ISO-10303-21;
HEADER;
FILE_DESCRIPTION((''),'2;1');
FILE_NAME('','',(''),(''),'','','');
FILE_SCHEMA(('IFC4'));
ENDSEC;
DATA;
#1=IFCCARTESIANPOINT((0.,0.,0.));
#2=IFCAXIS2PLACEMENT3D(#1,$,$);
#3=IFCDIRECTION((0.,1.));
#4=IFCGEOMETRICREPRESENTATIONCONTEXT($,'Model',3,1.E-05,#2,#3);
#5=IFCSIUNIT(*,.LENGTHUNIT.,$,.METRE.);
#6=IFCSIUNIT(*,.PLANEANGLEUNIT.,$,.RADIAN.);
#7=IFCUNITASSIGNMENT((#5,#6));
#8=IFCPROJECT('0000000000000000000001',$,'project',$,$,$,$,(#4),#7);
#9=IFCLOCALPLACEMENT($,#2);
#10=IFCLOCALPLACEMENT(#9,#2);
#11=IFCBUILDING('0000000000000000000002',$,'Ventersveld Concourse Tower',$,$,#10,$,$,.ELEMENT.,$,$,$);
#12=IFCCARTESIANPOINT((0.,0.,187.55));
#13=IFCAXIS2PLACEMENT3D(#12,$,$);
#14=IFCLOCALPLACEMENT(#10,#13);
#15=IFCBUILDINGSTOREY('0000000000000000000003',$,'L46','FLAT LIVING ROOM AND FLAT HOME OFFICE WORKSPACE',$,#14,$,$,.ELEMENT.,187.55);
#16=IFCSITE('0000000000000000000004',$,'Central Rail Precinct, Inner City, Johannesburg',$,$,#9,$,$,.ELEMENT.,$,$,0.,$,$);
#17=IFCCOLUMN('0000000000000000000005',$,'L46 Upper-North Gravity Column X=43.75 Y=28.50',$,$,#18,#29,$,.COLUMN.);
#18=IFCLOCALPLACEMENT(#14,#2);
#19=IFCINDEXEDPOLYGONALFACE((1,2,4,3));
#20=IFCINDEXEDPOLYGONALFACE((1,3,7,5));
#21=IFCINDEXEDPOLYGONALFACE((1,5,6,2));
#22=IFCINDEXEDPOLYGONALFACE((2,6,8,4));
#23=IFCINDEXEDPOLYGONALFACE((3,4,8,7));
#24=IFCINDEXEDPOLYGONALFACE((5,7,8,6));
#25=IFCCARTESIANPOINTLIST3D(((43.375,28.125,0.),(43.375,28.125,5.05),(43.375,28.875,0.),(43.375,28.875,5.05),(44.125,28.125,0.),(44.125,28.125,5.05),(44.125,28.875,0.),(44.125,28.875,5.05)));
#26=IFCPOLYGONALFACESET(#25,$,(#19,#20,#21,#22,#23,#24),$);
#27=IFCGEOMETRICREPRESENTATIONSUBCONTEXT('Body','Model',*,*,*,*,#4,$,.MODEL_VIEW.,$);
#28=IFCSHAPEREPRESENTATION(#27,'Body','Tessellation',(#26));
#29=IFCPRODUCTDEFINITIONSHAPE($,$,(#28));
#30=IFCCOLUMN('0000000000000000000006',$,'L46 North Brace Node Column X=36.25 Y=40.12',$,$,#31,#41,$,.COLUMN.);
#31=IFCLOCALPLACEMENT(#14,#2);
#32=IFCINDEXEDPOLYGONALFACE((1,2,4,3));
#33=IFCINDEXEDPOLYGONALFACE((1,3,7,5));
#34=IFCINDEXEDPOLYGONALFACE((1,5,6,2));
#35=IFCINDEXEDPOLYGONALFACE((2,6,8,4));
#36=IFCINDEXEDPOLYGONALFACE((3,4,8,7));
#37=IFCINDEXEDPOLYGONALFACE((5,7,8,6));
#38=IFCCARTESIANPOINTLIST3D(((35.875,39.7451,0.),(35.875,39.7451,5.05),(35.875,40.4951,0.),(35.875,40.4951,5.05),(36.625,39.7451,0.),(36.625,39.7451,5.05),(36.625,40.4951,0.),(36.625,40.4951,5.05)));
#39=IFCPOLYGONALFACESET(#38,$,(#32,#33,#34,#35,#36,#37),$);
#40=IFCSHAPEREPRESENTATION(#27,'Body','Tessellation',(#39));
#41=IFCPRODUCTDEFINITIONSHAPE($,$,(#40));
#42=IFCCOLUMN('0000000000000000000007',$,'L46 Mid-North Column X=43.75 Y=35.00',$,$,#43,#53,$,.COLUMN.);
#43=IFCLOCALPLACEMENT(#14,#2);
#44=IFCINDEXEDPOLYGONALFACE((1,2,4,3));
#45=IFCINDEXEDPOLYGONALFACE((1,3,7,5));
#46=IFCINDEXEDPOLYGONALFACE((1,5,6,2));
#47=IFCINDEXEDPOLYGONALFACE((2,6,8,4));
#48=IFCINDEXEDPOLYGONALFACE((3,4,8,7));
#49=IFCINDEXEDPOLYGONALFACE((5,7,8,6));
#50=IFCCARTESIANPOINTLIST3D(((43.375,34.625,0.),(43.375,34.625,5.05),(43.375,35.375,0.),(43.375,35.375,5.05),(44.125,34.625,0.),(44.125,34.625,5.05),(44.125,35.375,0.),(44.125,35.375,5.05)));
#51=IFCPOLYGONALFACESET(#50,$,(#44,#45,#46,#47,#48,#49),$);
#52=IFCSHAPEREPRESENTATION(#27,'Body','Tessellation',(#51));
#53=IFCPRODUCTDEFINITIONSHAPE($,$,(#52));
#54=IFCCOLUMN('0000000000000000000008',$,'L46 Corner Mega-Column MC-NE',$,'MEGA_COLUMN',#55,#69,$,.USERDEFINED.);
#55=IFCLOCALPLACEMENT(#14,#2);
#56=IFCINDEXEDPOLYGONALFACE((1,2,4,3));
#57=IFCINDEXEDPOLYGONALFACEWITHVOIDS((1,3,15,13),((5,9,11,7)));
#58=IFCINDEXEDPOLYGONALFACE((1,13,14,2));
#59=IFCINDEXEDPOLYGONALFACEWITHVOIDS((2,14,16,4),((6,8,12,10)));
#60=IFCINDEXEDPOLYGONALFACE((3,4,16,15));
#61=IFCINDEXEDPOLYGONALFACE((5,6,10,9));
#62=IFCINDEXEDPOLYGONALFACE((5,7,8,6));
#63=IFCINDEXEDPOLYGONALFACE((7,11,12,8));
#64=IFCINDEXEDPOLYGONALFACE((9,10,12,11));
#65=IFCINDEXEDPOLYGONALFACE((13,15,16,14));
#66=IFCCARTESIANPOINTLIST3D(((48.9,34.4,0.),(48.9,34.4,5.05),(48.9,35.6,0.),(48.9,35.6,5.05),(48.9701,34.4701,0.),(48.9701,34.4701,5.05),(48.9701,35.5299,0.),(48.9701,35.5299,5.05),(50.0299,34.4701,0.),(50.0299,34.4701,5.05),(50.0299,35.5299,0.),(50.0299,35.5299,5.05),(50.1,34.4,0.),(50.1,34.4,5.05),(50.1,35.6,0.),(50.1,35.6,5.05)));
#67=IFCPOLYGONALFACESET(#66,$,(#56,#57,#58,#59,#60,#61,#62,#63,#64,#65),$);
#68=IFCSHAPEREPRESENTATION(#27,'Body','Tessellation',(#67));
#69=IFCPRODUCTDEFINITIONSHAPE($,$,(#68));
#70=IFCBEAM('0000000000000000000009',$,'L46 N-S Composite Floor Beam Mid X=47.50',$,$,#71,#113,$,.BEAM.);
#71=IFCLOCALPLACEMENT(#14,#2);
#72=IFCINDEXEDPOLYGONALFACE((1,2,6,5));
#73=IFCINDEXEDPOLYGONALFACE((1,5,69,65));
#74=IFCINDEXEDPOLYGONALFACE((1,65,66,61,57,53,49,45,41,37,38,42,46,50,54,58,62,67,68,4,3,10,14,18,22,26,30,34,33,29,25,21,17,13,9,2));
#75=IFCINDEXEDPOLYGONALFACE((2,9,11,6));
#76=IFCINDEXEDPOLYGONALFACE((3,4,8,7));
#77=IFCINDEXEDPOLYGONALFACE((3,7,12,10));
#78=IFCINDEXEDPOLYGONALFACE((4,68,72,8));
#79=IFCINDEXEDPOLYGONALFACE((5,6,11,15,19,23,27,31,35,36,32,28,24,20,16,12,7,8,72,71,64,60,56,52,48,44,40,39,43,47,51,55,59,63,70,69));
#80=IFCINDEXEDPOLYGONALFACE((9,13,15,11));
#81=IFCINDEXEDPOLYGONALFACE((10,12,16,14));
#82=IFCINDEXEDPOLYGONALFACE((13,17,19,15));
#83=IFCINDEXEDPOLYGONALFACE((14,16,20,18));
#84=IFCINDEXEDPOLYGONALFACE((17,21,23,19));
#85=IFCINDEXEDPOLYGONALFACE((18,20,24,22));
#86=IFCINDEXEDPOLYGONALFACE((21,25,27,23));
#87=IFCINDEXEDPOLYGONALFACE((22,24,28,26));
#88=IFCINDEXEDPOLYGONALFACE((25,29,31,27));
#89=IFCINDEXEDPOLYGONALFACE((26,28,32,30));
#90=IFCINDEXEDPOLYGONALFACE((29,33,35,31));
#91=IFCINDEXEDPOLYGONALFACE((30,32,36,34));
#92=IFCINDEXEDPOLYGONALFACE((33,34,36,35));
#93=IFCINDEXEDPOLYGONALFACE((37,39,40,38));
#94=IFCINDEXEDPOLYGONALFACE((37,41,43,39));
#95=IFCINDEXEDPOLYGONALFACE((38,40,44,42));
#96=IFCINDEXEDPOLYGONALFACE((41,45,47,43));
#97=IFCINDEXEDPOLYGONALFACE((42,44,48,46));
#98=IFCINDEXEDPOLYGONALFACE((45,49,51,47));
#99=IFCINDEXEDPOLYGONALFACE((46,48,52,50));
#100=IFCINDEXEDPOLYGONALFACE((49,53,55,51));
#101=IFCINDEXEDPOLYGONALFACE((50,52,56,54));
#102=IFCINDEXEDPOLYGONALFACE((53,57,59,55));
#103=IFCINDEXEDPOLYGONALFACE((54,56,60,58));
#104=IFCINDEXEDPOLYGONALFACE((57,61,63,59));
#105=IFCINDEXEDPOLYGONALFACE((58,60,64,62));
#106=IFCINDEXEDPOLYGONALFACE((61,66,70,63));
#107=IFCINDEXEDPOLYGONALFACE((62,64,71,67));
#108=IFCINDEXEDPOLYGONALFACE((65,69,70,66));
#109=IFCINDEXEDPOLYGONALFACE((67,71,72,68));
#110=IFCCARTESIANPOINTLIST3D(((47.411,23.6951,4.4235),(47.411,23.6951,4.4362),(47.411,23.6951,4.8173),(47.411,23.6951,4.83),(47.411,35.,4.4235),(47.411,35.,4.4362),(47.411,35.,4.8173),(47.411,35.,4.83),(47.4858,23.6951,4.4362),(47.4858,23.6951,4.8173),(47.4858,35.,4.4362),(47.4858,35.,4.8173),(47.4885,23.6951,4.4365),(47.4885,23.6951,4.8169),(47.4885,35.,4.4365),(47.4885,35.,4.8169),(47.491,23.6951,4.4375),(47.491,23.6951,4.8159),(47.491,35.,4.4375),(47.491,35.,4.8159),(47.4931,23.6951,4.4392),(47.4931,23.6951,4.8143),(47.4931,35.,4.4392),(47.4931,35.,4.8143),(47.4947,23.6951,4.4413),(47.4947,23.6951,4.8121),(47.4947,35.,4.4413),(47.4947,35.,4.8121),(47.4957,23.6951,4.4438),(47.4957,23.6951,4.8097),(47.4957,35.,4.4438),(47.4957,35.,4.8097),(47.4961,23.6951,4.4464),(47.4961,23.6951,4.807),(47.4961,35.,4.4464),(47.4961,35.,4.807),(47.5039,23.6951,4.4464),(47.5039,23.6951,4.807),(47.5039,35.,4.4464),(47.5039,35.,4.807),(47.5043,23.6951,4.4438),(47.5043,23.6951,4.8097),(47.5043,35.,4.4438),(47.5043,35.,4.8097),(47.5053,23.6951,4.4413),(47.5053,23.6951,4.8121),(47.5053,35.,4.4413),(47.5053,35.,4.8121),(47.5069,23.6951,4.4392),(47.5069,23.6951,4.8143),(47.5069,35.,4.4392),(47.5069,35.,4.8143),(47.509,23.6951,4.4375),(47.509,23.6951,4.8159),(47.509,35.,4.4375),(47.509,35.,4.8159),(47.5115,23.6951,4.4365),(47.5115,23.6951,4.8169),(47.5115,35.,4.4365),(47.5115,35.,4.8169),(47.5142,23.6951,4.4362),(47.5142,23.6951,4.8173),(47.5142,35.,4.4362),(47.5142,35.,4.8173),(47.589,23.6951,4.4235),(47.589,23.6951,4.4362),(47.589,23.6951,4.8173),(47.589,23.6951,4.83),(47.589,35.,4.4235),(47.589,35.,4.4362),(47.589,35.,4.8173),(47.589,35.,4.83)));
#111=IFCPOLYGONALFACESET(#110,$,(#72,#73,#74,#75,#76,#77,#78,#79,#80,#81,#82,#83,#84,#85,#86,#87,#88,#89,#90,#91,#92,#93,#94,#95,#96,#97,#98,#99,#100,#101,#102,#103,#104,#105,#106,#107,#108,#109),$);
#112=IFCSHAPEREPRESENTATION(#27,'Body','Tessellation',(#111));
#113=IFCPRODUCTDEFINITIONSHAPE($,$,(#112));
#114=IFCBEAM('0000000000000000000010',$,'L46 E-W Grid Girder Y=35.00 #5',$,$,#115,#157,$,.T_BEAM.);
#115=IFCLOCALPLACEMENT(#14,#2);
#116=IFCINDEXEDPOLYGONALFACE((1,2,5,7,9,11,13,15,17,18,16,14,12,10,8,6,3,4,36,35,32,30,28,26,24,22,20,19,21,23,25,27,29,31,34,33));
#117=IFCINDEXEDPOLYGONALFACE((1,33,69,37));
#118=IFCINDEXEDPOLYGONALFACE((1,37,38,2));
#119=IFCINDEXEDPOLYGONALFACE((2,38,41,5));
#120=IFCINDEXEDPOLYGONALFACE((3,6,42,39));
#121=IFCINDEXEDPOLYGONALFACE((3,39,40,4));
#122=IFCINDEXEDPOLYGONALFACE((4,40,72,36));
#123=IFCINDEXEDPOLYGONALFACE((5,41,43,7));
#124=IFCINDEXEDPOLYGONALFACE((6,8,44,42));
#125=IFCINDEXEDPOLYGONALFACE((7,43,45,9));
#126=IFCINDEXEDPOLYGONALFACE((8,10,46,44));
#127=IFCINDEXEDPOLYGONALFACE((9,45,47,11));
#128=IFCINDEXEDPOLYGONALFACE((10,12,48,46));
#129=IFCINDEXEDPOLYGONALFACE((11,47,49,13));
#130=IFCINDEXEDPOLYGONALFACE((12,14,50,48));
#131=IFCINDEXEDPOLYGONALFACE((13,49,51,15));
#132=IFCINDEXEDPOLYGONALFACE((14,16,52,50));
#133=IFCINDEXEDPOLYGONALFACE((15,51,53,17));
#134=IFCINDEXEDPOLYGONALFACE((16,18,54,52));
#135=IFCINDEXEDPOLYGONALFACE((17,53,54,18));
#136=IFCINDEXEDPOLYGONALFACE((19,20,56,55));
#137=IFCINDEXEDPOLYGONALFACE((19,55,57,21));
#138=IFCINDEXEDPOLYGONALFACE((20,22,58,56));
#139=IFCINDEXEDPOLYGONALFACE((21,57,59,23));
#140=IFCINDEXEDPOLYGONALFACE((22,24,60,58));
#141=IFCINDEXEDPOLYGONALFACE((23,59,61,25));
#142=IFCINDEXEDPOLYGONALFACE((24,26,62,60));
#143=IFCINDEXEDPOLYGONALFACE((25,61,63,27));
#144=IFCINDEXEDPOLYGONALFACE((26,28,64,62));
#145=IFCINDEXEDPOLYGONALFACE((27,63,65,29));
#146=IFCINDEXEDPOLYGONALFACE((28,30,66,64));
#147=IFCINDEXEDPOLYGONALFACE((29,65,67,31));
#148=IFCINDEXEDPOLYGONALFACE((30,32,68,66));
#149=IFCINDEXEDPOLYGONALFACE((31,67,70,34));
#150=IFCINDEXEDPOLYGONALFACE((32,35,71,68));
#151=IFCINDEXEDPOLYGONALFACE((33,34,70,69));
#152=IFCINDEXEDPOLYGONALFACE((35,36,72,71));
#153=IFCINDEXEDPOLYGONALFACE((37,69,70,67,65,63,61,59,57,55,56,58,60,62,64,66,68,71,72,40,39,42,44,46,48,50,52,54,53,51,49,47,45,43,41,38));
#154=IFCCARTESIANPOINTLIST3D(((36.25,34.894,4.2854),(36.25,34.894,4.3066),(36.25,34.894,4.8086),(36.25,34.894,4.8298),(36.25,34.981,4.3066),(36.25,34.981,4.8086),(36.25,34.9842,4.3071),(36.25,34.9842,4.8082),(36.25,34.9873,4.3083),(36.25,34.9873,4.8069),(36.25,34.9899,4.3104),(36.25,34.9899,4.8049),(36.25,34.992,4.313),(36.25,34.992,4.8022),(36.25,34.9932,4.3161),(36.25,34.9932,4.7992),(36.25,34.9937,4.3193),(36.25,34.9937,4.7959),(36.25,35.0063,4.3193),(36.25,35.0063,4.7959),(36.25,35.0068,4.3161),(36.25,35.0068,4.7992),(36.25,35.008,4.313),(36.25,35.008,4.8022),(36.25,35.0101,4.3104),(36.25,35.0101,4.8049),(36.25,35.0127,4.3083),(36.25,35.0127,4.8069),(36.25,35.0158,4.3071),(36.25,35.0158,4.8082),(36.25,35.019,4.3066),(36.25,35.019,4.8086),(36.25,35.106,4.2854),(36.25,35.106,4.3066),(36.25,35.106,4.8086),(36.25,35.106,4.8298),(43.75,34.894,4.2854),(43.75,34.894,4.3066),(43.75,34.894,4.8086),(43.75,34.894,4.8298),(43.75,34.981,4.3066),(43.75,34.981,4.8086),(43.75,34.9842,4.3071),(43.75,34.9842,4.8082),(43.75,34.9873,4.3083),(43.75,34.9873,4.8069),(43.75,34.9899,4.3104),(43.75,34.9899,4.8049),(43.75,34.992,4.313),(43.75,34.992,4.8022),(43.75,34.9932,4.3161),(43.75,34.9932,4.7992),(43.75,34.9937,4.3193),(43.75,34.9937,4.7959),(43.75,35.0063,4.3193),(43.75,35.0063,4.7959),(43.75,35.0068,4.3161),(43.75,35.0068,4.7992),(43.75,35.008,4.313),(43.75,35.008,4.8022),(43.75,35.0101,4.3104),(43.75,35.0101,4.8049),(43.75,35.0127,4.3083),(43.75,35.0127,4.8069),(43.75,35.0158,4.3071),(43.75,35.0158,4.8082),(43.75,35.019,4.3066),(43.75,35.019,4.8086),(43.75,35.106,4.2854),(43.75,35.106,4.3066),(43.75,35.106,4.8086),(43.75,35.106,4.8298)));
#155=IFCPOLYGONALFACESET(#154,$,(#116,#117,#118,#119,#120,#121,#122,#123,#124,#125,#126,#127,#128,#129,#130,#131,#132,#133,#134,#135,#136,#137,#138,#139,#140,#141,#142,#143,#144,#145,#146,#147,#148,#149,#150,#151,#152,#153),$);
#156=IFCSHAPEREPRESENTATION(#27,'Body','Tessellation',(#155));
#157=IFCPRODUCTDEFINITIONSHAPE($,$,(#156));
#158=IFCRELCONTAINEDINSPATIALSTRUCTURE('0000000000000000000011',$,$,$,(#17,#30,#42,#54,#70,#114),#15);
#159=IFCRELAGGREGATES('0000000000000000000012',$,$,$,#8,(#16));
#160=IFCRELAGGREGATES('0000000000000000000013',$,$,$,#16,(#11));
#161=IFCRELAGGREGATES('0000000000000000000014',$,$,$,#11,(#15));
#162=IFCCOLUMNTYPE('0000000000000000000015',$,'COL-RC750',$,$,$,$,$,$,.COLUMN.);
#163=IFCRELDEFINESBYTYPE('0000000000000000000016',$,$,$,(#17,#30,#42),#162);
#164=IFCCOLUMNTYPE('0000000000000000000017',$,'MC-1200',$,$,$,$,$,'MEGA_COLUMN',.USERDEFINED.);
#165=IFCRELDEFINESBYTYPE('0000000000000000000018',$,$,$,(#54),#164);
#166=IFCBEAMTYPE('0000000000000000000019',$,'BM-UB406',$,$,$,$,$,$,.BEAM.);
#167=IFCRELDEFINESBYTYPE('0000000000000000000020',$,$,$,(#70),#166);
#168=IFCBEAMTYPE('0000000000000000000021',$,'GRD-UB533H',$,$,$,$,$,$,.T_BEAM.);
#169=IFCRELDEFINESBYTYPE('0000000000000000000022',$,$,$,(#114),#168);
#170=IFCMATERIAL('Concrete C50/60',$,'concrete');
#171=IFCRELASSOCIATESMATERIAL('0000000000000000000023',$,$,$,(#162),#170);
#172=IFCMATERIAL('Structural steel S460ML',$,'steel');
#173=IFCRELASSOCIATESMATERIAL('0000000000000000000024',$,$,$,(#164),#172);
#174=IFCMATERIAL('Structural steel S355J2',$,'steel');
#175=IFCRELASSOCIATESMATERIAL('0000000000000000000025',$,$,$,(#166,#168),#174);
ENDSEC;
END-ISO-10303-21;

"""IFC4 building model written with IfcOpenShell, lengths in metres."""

from ifc_helpers import new_model, si_unit, direction, frame, origin, origin_2d, place, context, subcontext, project, spatial, rectangle, hollow_rectangle, i_section, extrude, material, material_profile, profile_set, type_object, element, save


model = new_model("IFC4")

# Units and contexts
model_context = context("Model", 3, precision=1e-05, world=origin(), true_north=direction((0.0, 1.0)))
body_context = subcontext(model_context, "Body", "Model", "MODEL_VIEW")
ifc_project = project(units=[si_unit("LENGTHUNIT", "METRE"), si_unit("PLANEANGLEUNIT", "RADIAN")], contexts=[model_context])

# Site, building, storey
site_placement = place(None, origin())
site = spatial("IfcSite", under=ifc_project, at=site_placement, Name="Central Rail Precinct, Inner City, Johannesburg", CompositionType="ELEMENT", RefElevation=0.0)
building_placement = place(site_placement, origin())
building = spatial("IfcBuilding", under=site, at=building_placement, Name="Ventersveld Concourse Tower", CompositionType="ELEMENT")
storey_placement = place(building_placement, frame((0.0, 0.0, 187.55)))
storey = spatial("IfcBuildingStorey", under=building, at=storey_placement, Name="L46", Description="FLAT LIVING ROOM AND FLAT HOME OFFICE WORKSPACE", CompositionType="ELEMENT", Elevation=187.55)

# Columns
ifc_material_1 = material(Name="Concrete C50/60", Category="concrete")
ifc_material_profile_1 = material_profile(ifc_material_1, rectangle(XDim=0.75, YDim=0.75, at=origin_2d()), Name="RC 750x750")
ifc_profile_set_1 = profile_set([ifc_material_profile_1], Name="Concrete C50/60")
column_type_1 = type_object("IfcColumnType", Name="COL-RC750", PredefinedType="COLUMN", material=ifc_profile_set_1)
for number, where, z_axis, x_axis, name in (
    (1, (43.75, 28.5, 0.0), (0.0, 0.0, 1.0), (1.0, 0.0, 0.0), "L46 Upper-North Gravity Column X=43.75 Y=28.50"),
    (2, (36.25, 40.1201, 0.0), (0.0, 0.0, 1.0), (1.0, 0.0, 0.0), "L46 North Brace Node Column X=36.25 Y=40.12"),
    (3, (43.75, 35.0, 0.0), (0.0, 0.0, 1.0), (1.0, 0.0, 0.0), "L46 Mid-North Column X=43.75 Y=35.00"),
):
    element("IfcColumn", number, at=place(storey_placement, frame(where, z_axis=z_axis, x_axis=x_axis)), inside=storey, type_object=column_type_1, Name=name, PredefinedType="COLUMN", context=body_context, shape_type="SweptSolid", body=[
        extrude(rectangle(XDim=0.75, YDim=0.75, at=origin_2d()), origin(), (0.0, 0.0, 1.0), 5.05),
    ])
ifc_material_2 = material(Name="Structural steel S460ML", Category="steel")
ifc_material_profile_2 = material_profile(ifc_material_2, hollow_rectangle(XDim=1.2, YDim=1.2, WallThickness=0.0701, at=origin_2d()), Name="BOX 1200x1200x70")
ifc_profile_set_2 = profile_set([ifc_material_profile_2], Name="Structural steel S460ML")
column_type_2 = type_object("IfcColumnType", Name="MC-1200", ElementType="MEGA_COLUMN", PredefinedType="USERDEFINED", material=ifc_profile_set_2)
column_placement = place(storey_placement, frame((49.5, 35.0, 0.0), z_axis=(0.0, 0.0, 1.0), x_axis=(1.0, 0.0, 0.0)))
element("IfcColumn", 4, at=column_placement, inside=storey, type_object=column_type_2, Name="L46 Corner Mega-Column MC-NE", ObjectType="MEGA_COLUMN", PredefinedType="USERDEFINED", context=body_context, shape_type="SweptSolid", body=[
    extrude(hollow_rectangle(XDim=1.2, YDim=1.2, WallThickness=0.0701, at=origin_2d()), origin(), (0.0, 0.0, 1.0), 5.05),
])

# Beams
ifc_material_3 = material(Name="Structural steel S355J2", Category="steel")
ifc_material_profile_3 = material_profile(ifc_material_3, i_section(OverallWidth=0.178, OverallDepth=0.4065, WebThickness=0.0078, FlangeThickness=0.0127, FilletRadius=0.0103, at=origin_2d()), Name="UB 406x178x60")
ifc_profile_set_3 = profile_set([ifc_material_profile_3], Name="Structural steel S355J2")
beam_type_1 = type_object("IfcBeamType", Name="BM-UB406", PredefinedType="BEAM", material=ifc_profile_set_3)
beam_1_placement = place(storey_placement, frame((47.5, 23.6951, 4.6267), z_axis=(0.0, 1.0, 0.0), x_axis=(-1.0, 0.0, 0.0)))
element("IfcBeam", 5, at=beam_1_placement, inside=storey, type_object=beam_type_1, Name="L46 N-S Composite Floor Beam Mid X=47.50", PredefinedType="BEAM", context=body_context, shape_type="SweptSolid", body=[
    extrude(i_section(OverallWidth=0.178, OverallDepth=0.4065, WebThickness=0.0078, FlangeThickness=0.0127, FilletRadius=0.0103, at=origin_2d()), origin(), (0.0, 0.0, 1.0), 11.3049),
])
ifc_material_profile_4 = material_profile(ifc_material_3, i_section(OverallWidth=0.2119, OverallDepth=0.5444, WebThickness=0.0127, FlangeThickness=0.0212, FilletRadius=0.0127, at=origin_2d()), Name="UB 533x210x122")
ifc_profile_set_4 = profile_set([ifc_material_profile_4], Name="Structural steel S355J2")
beam_type_2 = type_object("IfcBeamType", Name="GRD-UB533H", PredefinedType="T_BEAM", material=ifc_profile_set_4)
beam_2_placement = place(storey_placement, frame((36.25, 35.0, 4.5576), z_axis=(1.0, 0.0, 0.0), x_axis=(0.0, 1.0, 0.0)))
element("IfcBeam", 6, at=beam_2_placement, inside=storey, type_object=beam_type_2, Name="L46 E-W Grid Girder Y=35.00 #5", PredefinedType="T_BEAM", context=body_context, shape_type="SweptSolid", body=[
    extrude(i_section(OverallWidth=0.2119, OverallDepth=0.5444, WebThickness=0.0127, FlangeThickness=0.0212, FilletRadius=0.0127, at=origin_2d()), origin(), (0.0, 0.0, 1.0), 7.5),
])

save(model, "model.ifc")
